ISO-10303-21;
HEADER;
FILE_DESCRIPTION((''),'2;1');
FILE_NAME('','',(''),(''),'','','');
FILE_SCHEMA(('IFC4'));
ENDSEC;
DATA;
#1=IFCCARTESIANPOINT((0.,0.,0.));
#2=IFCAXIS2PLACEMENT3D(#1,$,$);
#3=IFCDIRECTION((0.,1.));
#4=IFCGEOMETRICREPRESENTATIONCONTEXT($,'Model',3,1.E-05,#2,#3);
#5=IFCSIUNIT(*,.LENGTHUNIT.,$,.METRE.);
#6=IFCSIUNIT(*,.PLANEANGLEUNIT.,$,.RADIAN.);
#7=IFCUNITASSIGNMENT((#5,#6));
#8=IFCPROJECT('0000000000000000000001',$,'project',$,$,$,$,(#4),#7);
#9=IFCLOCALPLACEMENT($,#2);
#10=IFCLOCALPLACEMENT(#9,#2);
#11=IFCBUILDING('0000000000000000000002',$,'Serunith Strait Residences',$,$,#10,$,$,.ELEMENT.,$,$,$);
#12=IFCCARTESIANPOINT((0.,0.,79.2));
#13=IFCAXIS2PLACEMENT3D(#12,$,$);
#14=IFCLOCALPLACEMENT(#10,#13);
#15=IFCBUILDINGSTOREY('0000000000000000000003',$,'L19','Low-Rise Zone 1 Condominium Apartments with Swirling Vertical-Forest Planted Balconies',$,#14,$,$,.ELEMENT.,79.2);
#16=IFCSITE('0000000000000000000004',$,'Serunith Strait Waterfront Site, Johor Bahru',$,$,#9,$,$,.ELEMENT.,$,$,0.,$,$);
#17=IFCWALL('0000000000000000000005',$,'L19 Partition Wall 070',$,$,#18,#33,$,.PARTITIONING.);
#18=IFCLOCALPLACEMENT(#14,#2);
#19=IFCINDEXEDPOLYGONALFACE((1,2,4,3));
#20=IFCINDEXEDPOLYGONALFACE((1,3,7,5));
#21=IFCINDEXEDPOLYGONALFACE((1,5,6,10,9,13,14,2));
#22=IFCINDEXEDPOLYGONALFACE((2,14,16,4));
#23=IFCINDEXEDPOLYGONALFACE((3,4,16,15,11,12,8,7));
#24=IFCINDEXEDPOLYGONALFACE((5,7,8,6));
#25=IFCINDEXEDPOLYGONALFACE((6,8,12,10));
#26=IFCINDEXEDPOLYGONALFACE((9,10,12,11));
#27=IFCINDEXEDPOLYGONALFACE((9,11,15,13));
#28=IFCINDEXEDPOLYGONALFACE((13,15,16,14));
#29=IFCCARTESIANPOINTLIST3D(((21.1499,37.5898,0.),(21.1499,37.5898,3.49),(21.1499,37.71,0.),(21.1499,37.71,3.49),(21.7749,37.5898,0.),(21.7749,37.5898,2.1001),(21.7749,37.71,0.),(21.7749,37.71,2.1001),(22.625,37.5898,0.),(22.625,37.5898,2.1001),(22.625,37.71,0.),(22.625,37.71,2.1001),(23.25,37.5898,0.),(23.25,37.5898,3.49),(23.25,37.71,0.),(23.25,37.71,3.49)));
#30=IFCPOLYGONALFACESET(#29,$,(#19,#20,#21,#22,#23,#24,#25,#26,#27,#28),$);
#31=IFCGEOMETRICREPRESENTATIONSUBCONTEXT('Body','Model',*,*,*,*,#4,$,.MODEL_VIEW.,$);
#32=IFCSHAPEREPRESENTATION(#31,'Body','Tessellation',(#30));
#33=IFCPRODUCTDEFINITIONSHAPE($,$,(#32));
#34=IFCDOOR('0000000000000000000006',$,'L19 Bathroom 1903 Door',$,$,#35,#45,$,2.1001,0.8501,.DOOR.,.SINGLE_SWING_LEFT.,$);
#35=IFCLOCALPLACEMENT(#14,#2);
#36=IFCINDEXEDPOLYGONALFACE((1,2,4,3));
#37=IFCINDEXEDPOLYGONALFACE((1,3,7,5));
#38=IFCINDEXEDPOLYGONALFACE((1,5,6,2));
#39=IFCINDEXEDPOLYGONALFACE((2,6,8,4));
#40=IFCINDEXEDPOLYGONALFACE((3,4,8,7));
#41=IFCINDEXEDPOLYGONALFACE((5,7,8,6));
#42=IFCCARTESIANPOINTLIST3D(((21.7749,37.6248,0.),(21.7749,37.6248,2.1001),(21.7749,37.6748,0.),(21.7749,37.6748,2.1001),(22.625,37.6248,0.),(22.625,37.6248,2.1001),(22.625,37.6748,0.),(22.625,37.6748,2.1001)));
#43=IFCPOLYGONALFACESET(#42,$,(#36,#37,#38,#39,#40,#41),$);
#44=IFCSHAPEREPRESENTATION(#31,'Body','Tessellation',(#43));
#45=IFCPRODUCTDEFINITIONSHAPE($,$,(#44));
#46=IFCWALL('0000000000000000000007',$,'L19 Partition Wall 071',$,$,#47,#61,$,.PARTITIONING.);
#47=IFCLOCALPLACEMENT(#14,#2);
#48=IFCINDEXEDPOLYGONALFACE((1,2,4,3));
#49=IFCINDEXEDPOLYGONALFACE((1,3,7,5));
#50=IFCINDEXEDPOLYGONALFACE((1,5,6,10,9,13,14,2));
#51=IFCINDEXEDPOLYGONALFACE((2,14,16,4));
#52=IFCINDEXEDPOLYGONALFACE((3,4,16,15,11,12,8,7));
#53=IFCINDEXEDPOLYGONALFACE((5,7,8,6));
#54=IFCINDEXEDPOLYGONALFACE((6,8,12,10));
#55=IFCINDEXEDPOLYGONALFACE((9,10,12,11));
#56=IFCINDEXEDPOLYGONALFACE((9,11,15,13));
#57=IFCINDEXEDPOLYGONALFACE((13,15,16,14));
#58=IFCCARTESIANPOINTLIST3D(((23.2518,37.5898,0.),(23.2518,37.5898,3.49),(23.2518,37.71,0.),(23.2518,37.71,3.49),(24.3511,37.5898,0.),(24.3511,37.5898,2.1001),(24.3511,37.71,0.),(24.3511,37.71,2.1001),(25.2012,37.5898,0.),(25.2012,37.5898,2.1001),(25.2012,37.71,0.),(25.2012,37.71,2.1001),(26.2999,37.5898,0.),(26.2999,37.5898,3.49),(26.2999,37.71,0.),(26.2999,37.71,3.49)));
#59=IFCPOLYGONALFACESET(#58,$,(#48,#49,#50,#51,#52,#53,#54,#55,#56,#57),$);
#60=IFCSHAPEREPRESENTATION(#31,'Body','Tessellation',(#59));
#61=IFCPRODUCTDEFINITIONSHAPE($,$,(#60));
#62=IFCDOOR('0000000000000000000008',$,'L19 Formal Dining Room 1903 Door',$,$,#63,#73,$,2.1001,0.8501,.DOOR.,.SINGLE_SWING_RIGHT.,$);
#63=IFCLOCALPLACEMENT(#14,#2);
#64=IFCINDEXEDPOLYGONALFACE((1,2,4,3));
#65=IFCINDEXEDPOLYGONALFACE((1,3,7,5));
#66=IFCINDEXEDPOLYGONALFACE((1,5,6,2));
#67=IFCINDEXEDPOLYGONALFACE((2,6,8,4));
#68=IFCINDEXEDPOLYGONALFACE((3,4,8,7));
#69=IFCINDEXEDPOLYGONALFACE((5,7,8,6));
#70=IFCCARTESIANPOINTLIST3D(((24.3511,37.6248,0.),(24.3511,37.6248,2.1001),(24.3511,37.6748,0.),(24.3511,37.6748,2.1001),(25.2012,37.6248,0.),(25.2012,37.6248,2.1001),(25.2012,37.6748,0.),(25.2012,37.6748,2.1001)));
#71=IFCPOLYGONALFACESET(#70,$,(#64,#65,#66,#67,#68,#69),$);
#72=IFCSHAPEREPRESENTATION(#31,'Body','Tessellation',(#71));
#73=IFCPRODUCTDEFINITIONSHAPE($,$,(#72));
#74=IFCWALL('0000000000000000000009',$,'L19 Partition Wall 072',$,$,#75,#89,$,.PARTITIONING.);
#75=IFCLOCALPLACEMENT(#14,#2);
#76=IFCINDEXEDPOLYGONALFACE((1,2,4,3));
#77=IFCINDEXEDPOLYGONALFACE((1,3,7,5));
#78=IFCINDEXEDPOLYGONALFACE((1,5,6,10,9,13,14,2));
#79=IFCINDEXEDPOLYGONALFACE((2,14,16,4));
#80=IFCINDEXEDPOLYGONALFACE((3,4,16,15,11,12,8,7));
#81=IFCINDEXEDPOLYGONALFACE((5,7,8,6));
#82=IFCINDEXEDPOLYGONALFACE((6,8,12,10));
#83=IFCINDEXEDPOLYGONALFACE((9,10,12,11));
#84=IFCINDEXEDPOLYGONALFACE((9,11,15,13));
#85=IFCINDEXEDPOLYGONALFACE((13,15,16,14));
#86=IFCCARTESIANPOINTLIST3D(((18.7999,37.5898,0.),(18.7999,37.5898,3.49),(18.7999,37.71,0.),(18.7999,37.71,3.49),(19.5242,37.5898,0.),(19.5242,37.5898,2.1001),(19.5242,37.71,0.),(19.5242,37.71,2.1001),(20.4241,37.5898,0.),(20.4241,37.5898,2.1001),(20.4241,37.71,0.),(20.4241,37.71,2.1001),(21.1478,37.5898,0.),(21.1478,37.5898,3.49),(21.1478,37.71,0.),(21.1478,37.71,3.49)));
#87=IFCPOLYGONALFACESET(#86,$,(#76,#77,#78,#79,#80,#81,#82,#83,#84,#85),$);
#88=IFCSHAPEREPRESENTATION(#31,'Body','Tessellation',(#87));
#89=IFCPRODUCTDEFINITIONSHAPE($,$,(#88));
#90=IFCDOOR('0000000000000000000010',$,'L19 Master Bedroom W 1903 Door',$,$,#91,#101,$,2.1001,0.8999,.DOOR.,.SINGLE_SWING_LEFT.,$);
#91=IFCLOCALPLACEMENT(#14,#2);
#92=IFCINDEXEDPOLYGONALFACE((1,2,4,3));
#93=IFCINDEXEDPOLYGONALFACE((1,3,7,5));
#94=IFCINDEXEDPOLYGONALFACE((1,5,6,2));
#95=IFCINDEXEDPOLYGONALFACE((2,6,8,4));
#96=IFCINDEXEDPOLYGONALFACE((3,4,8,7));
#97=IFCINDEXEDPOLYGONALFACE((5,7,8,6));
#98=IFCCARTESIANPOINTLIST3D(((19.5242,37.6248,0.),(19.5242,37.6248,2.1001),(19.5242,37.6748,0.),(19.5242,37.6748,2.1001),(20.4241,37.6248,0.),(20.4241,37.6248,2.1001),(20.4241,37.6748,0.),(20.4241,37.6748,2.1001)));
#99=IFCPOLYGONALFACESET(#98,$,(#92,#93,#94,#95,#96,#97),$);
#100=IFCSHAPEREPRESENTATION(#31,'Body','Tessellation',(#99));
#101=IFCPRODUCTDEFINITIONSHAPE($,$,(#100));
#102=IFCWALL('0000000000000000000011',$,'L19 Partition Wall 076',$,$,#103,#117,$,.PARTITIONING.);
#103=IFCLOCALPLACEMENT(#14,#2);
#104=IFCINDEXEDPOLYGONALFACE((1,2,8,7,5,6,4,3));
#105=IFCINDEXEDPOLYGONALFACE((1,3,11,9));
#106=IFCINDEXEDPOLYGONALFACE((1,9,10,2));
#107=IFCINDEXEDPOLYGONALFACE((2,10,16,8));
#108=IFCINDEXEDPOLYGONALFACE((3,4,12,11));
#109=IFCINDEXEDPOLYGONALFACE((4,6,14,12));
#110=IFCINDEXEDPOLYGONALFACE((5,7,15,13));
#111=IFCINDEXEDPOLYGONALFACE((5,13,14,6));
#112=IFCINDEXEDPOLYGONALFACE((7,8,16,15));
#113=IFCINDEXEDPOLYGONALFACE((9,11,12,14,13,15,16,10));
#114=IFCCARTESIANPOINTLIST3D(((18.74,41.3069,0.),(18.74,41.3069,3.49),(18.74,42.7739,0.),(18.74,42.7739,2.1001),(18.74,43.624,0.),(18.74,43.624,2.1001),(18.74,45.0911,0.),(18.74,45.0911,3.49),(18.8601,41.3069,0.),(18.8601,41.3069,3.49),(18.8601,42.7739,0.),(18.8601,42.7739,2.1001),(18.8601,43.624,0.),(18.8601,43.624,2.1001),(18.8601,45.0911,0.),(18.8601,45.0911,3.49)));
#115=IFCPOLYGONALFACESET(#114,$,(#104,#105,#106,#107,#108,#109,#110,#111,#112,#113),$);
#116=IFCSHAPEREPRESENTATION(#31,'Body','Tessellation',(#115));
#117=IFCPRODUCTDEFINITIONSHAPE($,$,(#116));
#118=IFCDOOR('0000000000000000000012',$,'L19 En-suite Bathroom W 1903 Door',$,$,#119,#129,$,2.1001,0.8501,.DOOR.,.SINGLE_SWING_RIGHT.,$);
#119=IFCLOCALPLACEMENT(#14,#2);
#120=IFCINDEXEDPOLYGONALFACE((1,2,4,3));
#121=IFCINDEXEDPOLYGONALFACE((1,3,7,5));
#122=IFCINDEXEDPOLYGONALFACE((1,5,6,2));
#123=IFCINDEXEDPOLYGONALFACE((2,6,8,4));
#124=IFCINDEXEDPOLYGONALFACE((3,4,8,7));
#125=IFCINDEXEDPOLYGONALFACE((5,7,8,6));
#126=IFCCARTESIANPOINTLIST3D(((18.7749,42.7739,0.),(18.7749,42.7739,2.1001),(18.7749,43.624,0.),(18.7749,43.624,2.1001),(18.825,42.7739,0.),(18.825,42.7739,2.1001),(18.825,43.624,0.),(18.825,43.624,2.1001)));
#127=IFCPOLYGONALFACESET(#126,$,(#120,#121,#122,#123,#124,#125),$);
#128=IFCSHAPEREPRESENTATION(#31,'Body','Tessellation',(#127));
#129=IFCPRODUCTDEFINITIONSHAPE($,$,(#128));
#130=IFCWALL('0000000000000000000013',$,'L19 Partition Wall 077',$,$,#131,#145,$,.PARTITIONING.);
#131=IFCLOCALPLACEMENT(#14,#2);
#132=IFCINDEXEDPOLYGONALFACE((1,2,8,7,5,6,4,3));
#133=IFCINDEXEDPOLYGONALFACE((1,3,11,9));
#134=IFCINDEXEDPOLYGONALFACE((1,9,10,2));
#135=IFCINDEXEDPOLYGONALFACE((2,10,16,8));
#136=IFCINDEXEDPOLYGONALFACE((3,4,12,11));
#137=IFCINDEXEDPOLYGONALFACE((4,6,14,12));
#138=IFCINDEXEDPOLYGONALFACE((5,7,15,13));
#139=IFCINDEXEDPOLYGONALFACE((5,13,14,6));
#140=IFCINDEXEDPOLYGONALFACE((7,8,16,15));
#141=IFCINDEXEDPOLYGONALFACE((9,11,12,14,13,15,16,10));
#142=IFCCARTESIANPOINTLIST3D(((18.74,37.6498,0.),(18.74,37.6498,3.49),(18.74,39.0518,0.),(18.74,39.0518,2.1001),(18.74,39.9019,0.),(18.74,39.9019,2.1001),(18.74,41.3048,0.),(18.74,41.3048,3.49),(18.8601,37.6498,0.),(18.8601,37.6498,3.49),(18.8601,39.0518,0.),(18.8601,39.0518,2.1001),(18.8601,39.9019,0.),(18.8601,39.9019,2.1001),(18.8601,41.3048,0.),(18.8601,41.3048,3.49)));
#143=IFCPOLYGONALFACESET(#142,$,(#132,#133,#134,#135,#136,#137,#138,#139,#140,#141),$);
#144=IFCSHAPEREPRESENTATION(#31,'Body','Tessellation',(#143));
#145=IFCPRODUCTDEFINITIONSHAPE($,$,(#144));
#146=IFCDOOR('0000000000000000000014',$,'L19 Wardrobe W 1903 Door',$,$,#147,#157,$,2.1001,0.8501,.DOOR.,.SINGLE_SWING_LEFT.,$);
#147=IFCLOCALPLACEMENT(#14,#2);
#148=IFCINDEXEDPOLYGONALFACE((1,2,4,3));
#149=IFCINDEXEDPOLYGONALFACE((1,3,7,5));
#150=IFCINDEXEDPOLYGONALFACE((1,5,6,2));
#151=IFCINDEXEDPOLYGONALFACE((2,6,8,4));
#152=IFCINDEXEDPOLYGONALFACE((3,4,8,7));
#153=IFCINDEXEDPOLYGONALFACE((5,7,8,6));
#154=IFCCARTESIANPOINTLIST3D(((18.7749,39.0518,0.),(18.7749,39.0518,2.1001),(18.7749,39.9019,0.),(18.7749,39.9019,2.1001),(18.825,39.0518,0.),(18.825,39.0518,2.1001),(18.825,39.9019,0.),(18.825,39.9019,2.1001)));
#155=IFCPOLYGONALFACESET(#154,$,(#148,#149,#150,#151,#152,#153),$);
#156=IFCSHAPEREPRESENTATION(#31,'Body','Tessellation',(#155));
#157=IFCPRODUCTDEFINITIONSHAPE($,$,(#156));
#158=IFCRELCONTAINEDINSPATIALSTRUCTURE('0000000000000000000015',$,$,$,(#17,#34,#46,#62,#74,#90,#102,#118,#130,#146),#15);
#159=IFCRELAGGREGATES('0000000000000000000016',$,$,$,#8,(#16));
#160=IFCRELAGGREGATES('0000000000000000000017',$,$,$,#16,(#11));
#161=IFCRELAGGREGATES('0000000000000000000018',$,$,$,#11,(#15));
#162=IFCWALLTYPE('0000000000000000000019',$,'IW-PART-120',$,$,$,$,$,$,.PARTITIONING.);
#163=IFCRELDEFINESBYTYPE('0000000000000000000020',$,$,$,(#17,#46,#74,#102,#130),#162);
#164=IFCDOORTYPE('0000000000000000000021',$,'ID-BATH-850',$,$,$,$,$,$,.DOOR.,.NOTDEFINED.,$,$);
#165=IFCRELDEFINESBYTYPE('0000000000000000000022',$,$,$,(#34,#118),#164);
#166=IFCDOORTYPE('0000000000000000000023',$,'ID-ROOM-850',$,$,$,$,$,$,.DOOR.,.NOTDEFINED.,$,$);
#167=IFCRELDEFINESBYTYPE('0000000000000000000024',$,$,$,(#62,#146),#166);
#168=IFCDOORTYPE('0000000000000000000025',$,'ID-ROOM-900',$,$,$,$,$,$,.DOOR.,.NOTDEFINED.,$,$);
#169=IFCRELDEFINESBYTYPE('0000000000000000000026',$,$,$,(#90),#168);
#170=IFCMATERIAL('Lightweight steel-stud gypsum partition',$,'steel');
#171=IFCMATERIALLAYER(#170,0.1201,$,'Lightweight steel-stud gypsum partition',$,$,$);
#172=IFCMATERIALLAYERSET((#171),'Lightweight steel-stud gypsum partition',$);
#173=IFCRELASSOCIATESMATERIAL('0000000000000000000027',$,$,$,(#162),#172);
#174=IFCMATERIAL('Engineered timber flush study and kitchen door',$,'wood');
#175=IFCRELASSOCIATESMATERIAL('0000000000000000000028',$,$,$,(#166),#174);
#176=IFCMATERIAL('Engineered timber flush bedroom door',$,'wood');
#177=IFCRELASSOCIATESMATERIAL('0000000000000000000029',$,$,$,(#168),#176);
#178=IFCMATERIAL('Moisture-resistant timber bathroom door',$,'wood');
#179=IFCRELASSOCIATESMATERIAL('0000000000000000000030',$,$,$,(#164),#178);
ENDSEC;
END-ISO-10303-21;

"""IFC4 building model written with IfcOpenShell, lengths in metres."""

from ifc_helpers import new_model, si_unit, direction, frame, frame_2d, origin, place, context, subcontext, project, spatial, rectangle, extrude, source, transform, mapped, material, layer, layer_set, type_object, element, fill, save


model = new_model("IFC4")

# Units and contexts
model_context = context("Model", 3, precision=1e-05, world=origin(), true_north=direction((0.0, 1.0)))
body_context = subcontext(model_context, "Body", "Model", "MODEL_VIEW")
ifc_project = project(units=[si_unit("LENGTHUNIT", "METRE"), si_unit("PLANEANGLEUNIT", "RADIAN")], contexts=[model_context])

# Site, building, storey
site_placement = place(None, origin())
site = spatial("IfcSite", under=ifc_project, at=site_placement, Name="Serunith Strait Waterfront Site, Johor Bahru", CompositionType="ELEMENT", RefElevation=0.0)
building_placement = place(site_placement, origin())
building = spatial("IfcBuilding", under=site, at=building_placement, Name="Serunith Strait Residences", CompositionType="ELEMENT")
storey_placement = place(building_placement, frame((0.0, 0.0, 79.2)))
storey = spatial("IfcBuildingStorey", under=building, at=storey_placement, Name="L19", Description="Low-Rise Zone 1 Condominium Apartments with Swirling Vertical-Forest Planted Balconies", CompositionType="ELEMENT", Elevation=79.2)

# Shared definitions
ifc_material_1 = material(Name="Lightweight steel-stud gypsum partition", Category="steel")
ifc_layer = layer(ifc_material_1, 0.1201, Name="Lightweight steel-stud gypsum partition")
ifc_layer_set = layer_set([ifc_layer], Name="Lightweight steel-stud gypsum partition")
wall_type = type_object("IfcWallType", Name="IW-PART-120", PredefinedType="PARTITIONING", material=ifc_layer_set)
ifc_material_2 = material(Name="Engineered timber flush study and kitchen door", Category="wood")
door_type_1 = type_object("IfcDoorType", Name="ID-ROOM-850", OperationType="NOTDEFINED", PredefinedType="DOOR", material=ifc_material_2)
shared_shape_1 = source(origin(), body_context, "Body", "SweptSolid", [
    extrude(rectangle(XDim=0.8501, YDim=2.1001, at=frame_2d((0.425, 1.05))), frame((0.0, 0.0249, 0.0), z_axis=(0.0, -1.0, 0.0), x_axis=(1.0, 0.0, 0.0)), (0.0, 0.0, 1.0), 0.05),
])

# Shared definitions
ifc_material_3 = material(Name="Engineered timber flush bedroom door", Category="wood")
door_type_2 = type_object("IfcDoorType", Name="ID-ROOM-900", OperationType="NOTDEFINED", PredefinedType="DOOR", material=ifc_material_3)
shared_shape_2 = source(origin(), body_context, "Body", "SweptSolid", [
    extrude(rectangle(XDim=0.8999, YDim=2.1001, at=frame_2d((0.45, 1.05))), frame((0.0, 0.0249, 0.0), z_axis=(0.0, -1.0, 0.0), x_axis=(1.0, 0.0, 0.0)), (0.0, 0.0, 1.0), 0.05),
])

# Walls, openings, doors
wall_1_placement = place(storey_placement, frame((21.1499, 37.6499, 0.0), z_axis=(0.0, 0.0, 1.0), x_axis=(1.0, 0.0, 0.0)))
wall_1 = element("IfcWall", 1, at=wall_1_placement, inside=storey, type_object=wall_type, Name="L19 Partition Wall 070", PredefinedType="PARTITIONING", context=body_context, shape_type="SweptSolid", body=[
    extrude(rectangle(XDim=2.1001, YDim=0.1201, at=frame_2d((1.05, 0.0))), origin(), (0.0, 0.0, 1.0), 3.49),
])
opening_1_placement = place(wall_1_placement, frame((0.625, 0.0, 0.0)))
opening_1 = element("IfcOpeningElement", 2, at=opening_1_placement, cuts=wall_1, PredefinedType="OPENING", context=body_context, shape_type="SweptSolid", body=[
    extrude(rectangle(XDim=0.8501, YDim=2.1001, at=frame_2d((0.425, 1.05))), frame((0.0, 0.0701, 0.0), z_axis=(0.0, -1.0, 0.0), x_axis=(1.0, 0.0, 0.0)), (0.0, 0.0, 1.0), 0.1401),
])
ifc_material_4 = material(Name="Moisture-resistant timber bathroom door", Category="wood")
door_type_3 = type_object("IfcDoorType", Name="ID-BATH-850", OperationType="NOTDEFINED", PredefinedType="DOOR", material=ifc_material_4)
door_1_placement = place(opening_1_placement, origin())
door_1 = element("IfcDoor", 3, at=door_1_placement, inside=storey, type_object=door_type_3, Name="L19 Bathroom 1903 Door", OperationType="SINGLE_SWING_LEFT", OverallHeight=2.1001, OverallWidth=0.8501, PredefinedType="DOOR", context=body_context, shape_type="MappedRepresentation", body=[
    mapped(shared_shape_1, transform((0.0, 0.0, 0.0), scale=1.0)),
])
fill(opening_1, door_1)
wall_2_placement = place(storey_placement, frame((23.252, 37.6499, 0.0), z_axis=(0.0, 0.0, 1.0), x_axis=(1.0, 0.0, 0.0)))
wall_2 = element("IfcWall", 4, at=wall_2_placement, inside=storey, type_object=wall_type, Name="L19 Partition Wall 071", PredefinedType="PARTITIONING", context=body_context, shape_type="SweptSolid", body=[
    extrude(rectangle(XDim=3.0481, YDim=0.1201, at=frame_2d((1.5239, 0.0))), origin(), (0.0, 0.0, 1.0), 3.49),
])
opening_2_placement = place(wall_2_placement, frame((1.0991, 0.0, 0.0)))
opening_2 = element("IfcOpeningElement", 5, at=opening_2_placement, cuts=wall_2, PredefinedType="OPENING", context=body_context, shape_type="SweptSolid", body=[
    extrude(rectangle(XDim=0.8501, YDim=2.1001, at=frame_2d((0.425, 1.05))), frame((0.0, 0.0701, 0.0), z_axis=(0.0, -1.0, 0.0), x_axis=(1.0, 0.0, 0.0)), (0.0, 0.0, 1.0), 0.1401),
])
door_2_placement = place(opening_2_placement, origin())
door_2 = element("IfcDoor", 6, at=door_2_placement, inside=storey, type_object=door_type_1, Name="L19 Formal Dining Room 1903 Door", OperationType="SINGLE_SWING_RIGHT", OverallHeight=2.1001, OverallWidth=0.8501, PredefinedType="DOOR", context=body_context, shape_type="MappedRepresentation", body=[
    mapped(shared_shape_1, transform((0.0, 0.0, 0.0), scale=1.0)),
])
fill(opening_2, door_2)
wall_3_placement = place(storey_placement, frame((18.8, 37.6499, 0.0), z_axis=(0.0, 0.0, 1.0), x_axis=(1.0, 0.0, 0.0)))
wall_3 = element("IfcWall", 7, at=wall_3_placement, inside=storey, type_object=wall_type, Name="L19 Partition Wall 072", PredefinedType="PARTITIONING", context=body_context, shape_type="SweptSolid", body=[
    extrude(rectangle(XDim=2.3479, YDim=0.1201, at=frame_2d((1.1738, 0.0))), origin(), (0.0, 0.0, 1.0), 3.49),
])
opening_3_placement = place(wall_3_placement, frame((0.7241, 0.0, 0.0)))
opening_3 = element("IfcOpeningElement", 8, at=opening_3_placement, cuts=wall_3, PredefinedType="OPENING", context=body_context, shape_type="SweptSolid", body=[
    extrude(rectangle(XDim=0.8999, YDim=2.1001, at=frame_2d((0.45, 1.05))), frame((0.0, 0.0701, 0.0), z_axis=(0.0, -1.0, 0.0), x_axis=(1.0, 0.0, 0.0)), (0.0, 0.0, 1.0), 0.1401),
])
door_3_placement = place(opening_3_placement, origin())
door_3 = element("IfcDoor", 9, at=door_3_placement, inside=storey, type_object=door_type_2, Name="L19 Master Bedroom W 1903 Door", OperationType="SINGLE_SWING_LEFT", OverallHeight=2.1001, OverallWidth=0.8999, PredefinedType="DOOR", context=body_context, shape_type="MappedRepresentation", body=[
    mapped(shared_shape_2, transform((0.0, 0.0, 0.0), scale=1.0)),
])
fill(opening_3, door_3)
wall_4_placement = place(storey_placement, frame((18.8, 45.0911, 0.0), z_axis=(0.0, 0.0, 1.0), x_axis=(0.0, -1.0, 0.0)))
wall_4 = element("IfcWall", 10, at=wall_4_placement, inside=storey, type_object=wall_type, Name="L19 Partition Wall 076", PredefinedType="PARTITIONING", context=body_context, shape_type="SweptSolid", body=[
    extrude(rectangle(XDim=3.7842, YDim=0.1201, at=frame_2d((1.8921, 0.0))), origin(), (0.0, 0.0, 1.0), 3.49),
])
opening_4_placement = place(wall_4_placement, frame((1.467, 0.0, 0.0)))
opening_4 = element("IfcOpeningElement", 11, at=opening_4_placement, cuts=wall_4, PredefinedType="OPENING", context=body_context, shape_type="SweptSolid", body=[
    extrude(rectangle(XDim=0.8501, YDim=2.1001, at=frame_2d((0.425, 1.05))), frame((0.0, 0.0701, 0.0), z_axis=(0.0, -1.0, 0.0), x_axis=(1.0, 0.0, 0.0)), (0.0, 0.0, 1.0), 0.1401),
])
door_4_placement = place(opening_4_placement, origin())
door_4 = element("IfcDoor", 12, at=door_4_placement, inside=storey, type_object=door_type_3, Name="L19 En-suite Bathroom W 1903 Door", OperationType="SINGLE_SWING_RIGHT", OverallHeight=2.1001, OverallWidth=0.8501, PredefinedType="DOOR", context=body_context, shape_type="MappedRepresentation", body=[
    mapped(shared_shape_1, transform((0.0, 0.0, 0.0), scale=1.0)),
])
fill(opening_4, door_4)
wall_5_placement = place(storey_placement, frame((18.8, 41.3049, 0.0), z_axis=(0.0, 0.0, 1.0), x_axis=(0.0, -1.0, 0.0)))
wall_5 = element("IfcWall", 13, at=wall_5_placement, inside=storey, type_object=wall_type, Name="L19 Partition Wall 077", PredefinedType="PARTITIONING", context=body_context, shape_type="SweptSolid", body=[
    extrude(rectangle(XDim=3.655, YDim=0.1201, at=frame_2d((1.8276, 0.0))), origin(), (0.0, 0.0, 1.0), 3.49),
])
opening_5_placement = place(wall_5_placement, frame((1.4031, 0.0, 0.0)))
opening_5 = element("IfcOpeningElement", 14, at=opening_5_placement, cuts=wall_5, PredefinedType="OPENING", context=body_context, shape_type="SweptSolid", body=[
    extrude(rectangle(XDim=0.8501, YDim=2.1001, at=frame_2d((0.425, 1.05))), frame((0.0, 0.0701, 0.0), z_axis=(0.0, -1.0, 0.0), x_axis=(1.0, 0.0, 0.0)), (0.0, 0.0, 1.0), 0.1401),
])
door_5_placement = place(opening_5_placement, origin())
door_5 = element("IfcDoor", 15, at=door_5_placement, inside=storey, type_object=door_type_1, Name="L19 Wardrobe W 1903 Door", OperationType="SINGLE_SWING_LEFT", OverallHeight=2.1001, OverallWidth=0.8501, PredefinedType="DOOR", context=body_context, shape_type="MappedRepresentation", body=[
    mapped(shared_shape_1, transform((0.0, 0.0, 0.0), scale=1.0)),
])
fill(opening_5, door_5)

save(model, "model.ifc")
